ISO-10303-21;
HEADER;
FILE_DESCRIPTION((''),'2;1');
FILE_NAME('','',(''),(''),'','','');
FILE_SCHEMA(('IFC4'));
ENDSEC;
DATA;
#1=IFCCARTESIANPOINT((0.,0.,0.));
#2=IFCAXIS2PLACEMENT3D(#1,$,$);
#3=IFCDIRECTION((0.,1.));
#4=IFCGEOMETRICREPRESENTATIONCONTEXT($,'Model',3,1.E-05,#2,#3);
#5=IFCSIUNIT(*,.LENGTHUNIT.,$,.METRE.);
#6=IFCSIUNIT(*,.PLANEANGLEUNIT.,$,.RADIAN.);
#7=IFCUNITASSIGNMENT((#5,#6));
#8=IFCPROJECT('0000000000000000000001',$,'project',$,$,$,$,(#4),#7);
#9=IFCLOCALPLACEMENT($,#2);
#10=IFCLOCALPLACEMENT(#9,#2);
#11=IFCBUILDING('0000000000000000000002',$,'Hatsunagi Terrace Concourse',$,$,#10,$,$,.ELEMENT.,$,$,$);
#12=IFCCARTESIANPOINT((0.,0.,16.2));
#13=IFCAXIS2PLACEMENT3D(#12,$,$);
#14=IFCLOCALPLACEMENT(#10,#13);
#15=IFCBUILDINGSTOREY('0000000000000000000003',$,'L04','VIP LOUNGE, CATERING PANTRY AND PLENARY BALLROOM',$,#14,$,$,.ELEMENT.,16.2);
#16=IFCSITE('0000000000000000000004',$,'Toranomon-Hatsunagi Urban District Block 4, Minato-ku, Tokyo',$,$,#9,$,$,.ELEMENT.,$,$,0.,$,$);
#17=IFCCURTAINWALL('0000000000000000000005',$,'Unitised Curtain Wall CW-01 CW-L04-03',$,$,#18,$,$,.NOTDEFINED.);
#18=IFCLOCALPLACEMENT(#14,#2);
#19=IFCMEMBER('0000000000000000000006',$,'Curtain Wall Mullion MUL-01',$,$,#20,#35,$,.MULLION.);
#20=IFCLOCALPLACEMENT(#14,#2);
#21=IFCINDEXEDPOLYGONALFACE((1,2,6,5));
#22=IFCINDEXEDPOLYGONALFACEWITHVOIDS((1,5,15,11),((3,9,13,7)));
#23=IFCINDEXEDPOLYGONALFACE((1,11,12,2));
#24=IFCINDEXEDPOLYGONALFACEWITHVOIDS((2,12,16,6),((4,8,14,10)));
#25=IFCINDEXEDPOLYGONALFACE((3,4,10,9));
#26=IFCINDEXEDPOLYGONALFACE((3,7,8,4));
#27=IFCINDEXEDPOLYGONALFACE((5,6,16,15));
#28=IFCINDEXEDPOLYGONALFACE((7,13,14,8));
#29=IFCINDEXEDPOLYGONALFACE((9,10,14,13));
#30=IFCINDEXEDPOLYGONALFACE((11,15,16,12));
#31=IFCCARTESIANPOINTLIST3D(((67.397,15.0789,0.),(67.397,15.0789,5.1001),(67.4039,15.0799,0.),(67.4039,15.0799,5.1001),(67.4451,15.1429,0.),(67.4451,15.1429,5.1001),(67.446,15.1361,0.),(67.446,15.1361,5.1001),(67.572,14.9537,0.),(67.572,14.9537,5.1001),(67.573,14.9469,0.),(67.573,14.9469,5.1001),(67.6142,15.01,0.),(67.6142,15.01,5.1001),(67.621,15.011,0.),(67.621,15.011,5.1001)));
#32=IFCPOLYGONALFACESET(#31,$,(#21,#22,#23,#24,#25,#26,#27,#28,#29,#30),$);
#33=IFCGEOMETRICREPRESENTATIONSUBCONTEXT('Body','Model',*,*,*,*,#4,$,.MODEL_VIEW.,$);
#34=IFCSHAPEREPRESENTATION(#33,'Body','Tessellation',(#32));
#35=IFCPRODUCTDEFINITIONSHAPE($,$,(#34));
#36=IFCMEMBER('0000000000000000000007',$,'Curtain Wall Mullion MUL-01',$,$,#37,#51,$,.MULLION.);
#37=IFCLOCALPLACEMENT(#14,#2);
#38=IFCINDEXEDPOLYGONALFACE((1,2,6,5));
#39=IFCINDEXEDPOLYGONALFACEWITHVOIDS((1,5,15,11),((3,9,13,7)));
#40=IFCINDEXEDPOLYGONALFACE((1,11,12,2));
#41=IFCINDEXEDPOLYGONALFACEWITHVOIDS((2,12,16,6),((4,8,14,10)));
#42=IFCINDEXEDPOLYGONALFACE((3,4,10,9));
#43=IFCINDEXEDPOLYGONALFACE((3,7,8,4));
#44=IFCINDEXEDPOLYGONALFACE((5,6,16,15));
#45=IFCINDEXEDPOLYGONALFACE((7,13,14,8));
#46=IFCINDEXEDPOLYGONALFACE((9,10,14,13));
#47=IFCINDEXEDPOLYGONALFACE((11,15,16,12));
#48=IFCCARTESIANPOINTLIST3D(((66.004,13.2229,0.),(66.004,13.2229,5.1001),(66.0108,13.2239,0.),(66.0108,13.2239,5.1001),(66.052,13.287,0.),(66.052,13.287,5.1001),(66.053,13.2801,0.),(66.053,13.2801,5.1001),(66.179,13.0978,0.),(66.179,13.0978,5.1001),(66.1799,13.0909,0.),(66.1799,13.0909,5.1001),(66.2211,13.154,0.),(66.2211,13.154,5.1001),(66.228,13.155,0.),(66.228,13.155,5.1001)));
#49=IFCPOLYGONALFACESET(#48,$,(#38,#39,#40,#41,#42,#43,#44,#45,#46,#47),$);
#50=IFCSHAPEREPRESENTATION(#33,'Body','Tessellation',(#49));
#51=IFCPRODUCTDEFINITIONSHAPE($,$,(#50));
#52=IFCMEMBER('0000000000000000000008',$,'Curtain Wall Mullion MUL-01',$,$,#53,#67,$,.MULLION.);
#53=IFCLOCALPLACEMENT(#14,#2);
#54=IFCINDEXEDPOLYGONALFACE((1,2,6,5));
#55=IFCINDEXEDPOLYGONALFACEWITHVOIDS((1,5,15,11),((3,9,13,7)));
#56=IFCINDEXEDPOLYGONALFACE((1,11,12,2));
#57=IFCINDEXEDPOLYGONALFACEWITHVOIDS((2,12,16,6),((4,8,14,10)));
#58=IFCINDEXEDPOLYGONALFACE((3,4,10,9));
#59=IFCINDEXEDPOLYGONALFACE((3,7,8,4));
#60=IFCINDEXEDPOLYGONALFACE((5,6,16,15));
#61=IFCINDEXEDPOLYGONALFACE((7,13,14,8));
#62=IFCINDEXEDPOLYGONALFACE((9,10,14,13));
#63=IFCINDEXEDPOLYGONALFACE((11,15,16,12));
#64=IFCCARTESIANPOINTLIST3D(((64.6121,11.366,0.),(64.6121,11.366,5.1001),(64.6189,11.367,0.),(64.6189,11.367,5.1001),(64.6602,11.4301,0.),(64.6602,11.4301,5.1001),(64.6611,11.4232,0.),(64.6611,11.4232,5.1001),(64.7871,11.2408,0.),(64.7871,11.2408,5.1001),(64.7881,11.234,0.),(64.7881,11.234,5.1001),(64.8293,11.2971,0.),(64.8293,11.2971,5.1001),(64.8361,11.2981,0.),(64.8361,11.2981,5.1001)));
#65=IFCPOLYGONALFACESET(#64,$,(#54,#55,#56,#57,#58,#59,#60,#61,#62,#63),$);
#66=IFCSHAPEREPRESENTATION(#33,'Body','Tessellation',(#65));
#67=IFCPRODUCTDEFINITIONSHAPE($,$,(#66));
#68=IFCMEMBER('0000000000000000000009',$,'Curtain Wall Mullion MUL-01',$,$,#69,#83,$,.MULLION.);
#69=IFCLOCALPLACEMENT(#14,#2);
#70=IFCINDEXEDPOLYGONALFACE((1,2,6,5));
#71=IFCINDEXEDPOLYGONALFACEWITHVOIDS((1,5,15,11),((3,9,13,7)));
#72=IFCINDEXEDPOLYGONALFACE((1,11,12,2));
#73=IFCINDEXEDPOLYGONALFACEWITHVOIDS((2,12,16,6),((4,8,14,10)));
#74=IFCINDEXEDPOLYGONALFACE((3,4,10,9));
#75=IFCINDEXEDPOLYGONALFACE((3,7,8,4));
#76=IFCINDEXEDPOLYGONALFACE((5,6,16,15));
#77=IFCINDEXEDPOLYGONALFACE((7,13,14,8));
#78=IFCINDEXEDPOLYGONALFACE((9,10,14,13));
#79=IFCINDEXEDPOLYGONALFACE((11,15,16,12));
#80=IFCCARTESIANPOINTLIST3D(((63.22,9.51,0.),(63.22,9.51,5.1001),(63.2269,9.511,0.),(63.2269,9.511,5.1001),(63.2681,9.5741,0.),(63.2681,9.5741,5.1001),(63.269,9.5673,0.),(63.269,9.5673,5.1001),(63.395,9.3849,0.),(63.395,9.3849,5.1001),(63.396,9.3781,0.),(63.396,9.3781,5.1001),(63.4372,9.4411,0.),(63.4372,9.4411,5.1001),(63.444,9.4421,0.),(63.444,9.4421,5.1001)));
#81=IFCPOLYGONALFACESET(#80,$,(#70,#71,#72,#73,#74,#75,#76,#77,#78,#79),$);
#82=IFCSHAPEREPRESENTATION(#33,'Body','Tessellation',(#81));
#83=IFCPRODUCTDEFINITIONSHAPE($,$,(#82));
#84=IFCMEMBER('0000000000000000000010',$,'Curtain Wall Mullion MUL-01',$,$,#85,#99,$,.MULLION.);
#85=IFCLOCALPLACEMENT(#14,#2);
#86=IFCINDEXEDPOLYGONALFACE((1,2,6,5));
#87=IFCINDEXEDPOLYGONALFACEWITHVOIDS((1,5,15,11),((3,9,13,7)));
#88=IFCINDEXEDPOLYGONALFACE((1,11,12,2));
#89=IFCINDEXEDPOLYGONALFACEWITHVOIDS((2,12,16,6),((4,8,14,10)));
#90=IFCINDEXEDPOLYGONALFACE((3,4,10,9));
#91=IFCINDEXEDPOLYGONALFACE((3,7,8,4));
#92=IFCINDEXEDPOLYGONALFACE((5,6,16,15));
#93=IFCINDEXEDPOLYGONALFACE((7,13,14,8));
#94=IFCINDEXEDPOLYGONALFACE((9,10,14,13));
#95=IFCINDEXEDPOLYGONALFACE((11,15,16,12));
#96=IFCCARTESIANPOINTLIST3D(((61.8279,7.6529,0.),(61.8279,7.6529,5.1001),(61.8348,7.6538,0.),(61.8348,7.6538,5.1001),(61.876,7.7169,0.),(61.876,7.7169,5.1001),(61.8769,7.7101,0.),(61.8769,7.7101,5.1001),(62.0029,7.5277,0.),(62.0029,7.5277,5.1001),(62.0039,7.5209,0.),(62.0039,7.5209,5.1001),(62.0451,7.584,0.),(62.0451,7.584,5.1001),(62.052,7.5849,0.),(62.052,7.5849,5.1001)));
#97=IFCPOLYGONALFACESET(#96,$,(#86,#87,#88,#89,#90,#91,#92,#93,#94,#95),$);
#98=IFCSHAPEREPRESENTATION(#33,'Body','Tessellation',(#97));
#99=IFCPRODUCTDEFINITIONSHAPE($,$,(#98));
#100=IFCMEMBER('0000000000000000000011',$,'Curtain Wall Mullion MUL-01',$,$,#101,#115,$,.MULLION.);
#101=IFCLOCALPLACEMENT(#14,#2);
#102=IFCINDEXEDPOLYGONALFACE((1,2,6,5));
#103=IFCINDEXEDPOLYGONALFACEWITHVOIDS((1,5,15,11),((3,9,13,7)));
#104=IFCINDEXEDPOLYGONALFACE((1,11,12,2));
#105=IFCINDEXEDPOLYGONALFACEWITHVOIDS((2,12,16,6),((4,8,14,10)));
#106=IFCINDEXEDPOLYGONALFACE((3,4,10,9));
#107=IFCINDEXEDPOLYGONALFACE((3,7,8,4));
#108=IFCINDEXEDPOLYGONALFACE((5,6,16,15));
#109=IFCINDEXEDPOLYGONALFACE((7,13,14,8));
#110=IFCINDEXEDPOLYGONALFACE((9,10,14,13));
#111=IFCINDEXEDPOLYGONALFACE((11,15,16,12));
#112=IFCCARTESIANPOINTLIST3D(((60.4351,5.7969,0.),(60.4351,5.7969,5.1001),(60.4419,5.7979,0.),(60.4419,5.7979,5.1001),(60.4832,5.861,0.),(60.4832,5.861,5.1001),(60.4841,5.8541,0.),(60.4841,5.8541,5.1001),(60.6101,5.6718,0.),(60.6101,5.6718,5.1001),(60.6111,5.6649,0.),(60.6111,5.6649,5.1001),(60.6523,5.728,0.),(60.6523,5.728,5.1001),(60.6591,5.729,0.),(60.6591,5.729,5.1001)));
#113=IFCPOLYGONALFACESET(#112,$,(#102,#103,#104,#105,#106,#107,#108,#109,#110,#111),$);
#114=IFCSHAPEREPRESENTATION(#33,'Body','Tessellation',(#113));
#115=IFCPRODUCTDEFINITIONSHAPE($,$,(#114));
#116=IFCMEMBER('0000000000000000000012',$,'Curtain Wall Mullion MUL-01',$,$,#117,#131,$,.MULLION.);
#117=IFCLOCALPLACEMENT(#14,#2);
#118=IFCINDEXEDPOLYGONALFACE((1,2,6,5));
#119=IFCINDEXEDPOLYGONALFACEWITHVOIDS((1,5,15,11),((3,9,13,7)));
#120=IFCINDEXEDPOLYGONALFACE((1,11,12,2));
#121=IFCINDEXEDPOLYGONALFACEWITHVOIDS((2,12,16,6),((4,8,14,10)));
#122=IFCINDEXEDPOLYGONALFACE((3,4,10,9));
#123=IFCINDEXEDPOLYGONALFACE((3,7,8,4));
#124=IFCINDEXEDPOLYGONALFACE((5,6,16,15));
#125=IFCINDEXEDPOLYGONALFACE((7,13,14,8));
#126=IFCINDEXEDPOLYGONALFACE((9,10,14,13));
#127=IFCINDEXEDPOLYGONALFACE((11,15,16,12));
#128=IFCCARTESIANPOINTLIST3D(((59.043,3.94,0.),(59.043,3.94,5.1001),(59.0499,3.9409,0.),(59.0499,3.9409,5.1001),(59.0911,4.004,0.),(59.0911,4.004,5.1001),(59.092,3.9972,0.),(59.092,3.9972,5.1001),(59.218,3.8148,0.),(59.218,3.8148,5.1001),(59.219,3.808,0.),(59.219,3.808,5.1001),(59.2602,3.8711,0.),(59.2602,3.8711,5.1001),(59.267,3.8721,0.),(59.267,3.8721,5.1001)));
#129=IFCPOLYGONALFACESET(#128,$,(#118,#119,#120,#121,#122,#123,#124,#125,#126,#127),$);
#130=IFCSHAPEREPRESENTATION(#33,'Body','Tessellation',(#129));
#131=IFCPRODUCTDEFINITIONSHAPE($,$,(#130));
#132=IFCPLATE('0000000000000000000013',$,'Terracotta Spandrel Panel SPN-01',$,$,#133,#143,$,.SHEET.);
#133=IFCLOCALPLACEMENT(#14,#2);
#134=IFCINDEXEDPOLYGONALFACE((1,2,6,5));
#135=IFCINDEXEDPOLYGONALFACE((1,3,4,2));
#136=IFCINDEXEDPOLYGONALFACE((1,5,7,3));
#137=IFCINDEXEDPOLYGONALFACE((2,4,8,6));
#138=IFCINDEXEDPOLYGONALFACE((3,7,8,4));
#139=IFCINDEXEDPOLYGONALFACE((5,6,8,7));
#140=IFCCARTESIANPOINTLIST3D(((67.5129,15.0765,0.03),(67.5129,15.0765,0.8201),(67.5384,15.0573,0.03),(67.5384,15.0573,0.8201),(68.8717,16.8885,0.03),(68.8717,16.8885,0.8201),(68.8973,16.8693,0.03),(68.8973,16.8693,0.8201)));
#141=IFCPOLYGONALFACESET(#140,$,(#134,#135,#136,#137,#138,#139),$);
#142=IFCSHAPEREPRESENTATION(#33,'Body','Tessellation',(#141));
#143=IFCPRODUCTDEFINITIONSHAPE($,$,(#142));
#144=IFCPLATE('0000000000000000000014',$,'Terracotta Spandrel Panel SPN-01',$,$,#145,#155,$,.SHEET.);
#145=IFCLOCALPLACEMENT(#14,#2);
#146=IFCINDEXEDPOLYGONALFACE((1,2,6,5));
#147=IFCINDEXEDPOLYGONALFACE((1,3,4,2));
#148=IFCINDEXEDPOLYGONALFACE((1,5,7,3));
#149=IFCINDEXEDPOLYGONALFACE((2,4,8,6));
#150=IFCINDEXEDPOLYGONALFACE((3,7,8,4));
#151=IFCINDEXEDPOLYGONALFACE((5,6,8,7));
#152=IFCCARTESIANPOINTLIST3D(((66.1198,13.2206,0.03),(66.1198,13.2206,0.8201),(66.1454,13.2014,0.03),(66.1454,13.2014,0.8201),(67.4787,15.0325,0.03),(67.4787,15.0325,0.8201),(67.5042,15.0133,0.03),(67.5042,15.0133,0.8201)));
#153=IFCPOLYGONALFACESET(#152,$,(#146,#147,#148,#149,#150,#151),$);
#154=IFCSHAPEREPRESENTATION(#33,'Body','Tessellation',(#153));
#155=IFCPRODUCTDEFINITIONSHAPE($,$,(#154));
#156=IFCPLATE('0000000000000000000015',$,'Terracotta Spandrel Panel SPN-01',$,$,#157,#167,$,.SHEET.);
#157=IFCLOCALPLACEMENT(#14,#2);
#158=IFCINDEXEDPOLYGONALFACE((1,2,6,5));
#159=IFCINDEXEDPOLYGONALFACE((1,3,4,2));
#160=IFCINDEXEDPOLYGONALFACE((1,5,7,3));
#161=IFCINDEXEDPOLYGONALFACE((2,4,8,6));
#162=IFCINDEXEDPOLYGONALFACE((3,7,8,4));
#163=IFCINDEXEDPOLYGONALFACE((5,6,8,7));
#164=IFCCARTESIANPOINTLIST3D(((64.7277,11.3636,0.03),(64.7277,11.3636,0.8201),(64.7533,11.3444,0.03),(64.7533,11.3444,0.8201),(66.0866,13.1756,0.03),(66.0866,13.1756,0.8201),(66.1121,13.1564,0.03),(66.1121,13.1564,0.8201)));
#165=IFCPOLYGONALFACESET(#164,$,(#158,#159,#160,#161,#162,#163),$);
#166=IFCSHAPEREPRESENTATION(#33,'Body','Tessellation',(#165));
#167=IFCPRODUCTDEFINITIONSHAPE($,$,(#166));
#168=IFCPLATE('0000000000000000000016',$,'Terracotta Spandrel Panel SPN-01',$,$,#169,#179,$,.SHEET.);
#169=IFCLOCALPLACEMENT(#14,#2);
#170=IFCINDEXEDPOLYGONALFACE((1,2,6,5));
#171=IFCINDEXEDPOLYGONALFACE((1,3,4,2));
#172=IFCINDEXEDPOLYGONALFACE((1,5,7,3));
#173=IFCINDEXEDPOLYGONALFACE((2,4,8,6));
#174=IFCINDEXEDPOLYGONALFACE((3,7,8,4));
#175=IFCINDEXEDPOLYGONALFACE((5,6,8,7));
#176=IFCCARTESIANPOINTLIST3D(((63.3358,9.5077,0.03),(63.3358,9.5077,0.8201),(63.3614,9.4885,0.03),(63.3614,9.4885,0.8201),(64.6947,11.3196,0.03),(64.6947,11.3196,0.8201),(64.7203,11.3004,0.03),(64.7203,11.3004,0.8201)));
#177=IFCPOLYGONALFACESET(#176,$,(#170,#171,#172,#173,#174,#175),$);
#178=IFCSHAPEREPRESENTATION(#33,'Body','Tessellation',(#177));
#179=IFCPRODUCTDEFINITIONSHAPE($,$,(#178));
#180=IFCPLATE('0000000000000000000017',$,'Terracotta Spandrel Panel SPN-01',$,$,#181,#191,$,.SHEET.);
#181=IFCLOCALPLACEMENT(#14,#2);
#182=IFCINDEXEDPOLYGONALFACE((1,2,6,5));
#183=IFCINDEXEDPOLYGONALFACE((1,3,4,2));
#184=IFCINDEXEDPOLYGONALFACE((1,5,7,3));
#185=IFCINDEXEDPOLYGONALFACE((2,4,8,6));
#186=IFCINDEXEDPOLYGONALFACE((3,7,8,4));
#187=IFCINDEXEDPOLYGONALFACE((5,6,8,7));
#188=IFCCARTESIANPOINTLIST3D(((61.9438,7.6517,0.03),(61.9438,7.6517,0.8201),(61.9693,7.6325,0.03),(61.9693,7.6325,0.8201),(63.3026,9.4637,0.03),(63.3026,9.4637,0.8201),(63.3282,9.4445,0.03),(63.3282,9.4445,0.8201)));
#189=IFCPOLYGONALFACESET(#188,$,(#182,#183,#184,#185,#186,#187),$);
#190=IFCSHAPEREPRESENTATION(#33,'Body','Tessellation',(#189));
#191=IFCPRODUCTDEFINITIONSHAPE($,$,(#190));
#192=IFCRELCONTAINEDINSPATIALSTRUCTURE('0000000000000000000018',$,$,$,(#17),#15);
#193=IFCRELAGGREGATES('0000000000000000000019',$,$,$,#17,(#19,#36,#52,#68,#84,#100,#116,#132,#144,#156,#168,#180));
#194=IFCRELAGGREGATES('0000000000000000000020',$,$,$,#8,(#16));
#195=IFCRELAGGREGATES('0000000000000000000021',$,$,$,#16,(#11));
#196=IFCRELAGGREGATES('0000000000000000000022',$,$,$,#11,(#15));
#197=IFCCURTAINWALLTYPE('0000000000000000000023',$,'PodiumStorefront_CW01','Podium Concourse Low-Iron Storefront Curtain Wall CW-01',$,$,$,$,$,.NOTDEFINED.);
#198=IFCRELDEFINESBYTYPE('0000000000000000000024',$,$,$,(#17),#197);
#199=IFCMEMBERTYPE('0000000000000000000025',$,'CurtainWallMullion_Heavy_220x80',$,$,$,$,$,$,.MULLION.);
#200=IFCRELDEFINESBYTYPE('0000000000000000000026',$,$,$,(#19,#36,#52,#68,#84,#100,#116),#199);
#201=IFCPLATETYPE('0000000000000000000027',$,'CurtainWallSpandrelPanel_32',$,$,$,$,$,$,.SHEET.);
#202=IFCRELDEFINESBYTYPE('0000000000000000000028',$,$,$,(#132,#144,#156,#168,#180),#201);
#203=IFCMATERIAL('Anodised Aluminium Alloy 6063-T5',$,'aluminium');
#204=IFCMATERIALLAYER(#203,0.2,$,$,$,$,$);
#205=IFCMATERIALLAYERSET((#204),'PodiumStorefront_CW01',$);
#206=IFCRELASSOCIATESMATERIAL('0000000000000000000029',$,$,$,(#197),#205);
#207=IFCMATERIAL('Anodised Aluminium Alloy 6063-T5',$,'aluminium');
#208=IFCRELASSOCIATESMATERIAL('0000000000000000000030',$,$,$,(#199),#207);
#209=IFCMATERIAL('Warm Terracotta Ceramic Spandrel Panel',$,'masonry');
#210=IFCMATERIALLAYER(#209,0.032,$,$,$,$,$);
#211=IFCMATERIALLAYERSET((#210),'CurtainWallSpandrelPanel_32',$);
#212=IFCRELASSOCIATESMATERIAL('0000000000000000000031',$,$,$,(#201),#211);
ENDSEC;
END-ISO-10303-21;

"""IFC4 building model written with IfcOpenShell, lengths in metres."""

from ifc_helpers import new_model, si_unit, direction, frame, origin, origin_2d, place, context, subcontext, project, spatial, rectangle, hollow_rectangle, extrude, material, layer, layer_set, material_profile, profile_set, type_object, element, aggregate, save


model = new_model("IFC4")

# Units and contexts
model_context = context("Model", 3, precision=1e-05, world=origin(), true_north=direction((0.0, 1.0)))
body_context = subcontext(model_context, "Body", "Model", "MODEL_VIEW")
ifc_project = project(units=[si_unit("LENGTHUNIT", "METRE"), si_unit("PLANEANGLEUNIT", "RADIAN")], contexts=[model_context])

# Site, building, storey
site_placement = place(None, origin())
site = spatial("IfcSite", under=ifc_project, at=site_placement, Name="Toranomon-Hatsunagi Urban District Block 4, Minato-ku, Tokyo", CompositionType="ELEMENT", RefElevation=0.0)
building_placement = place(site_placement, origin())
building = spatial("IfcBuilding", under=site, at=building_placement, Name="Hatsunagi Terrace Concourse", CompositionType="ELEMENT")
storey_placement = place(building_placement, frame((0.0, 0.0, 16.2)))
storey = spatial("IfcBuildingStorey", under=building, at=storey_placement, Name="L04", Description="VIP LOUNGE, CATERING PANTRY AND PLENARY BALLROOM", CompositionType="ELEMENT", Elevation=16.2)

# Curtain wall, members, plates
ifc_material_1 = material(Name="Anodised Aluminium Alloy 6063-T5", Category="aluminium")
ifc_layer_1 = layer(ifc_material_1, 0.2)
ifc_layer_set_1 = layer_set([ifc_layer_1], Name="PodiumStorefront_CW01")
curtain_wall_type = type_object("IfcCurtainWallType", Name="PodiumStorefront_CW01", Description="Podium Concourse Low-Iron Storefront Curtain Wall CW-01", PredefinedType="NOTDEFINED", material=ifc_layer_set_1)
curtain_wall_placement = place(storey_placement, origin())
curtain_wall = element("IfcCurtainWall", 1, at=curtain_wall_placement, inside=storey, type_object=curtain_wall_type, Name="Unitised Curtain Wall CW-01 CW-L04-03", PredefinedType="NOTDEFINED")
ifc_material_2 = material(Name="Anodised Aluminium Alloy 6063-T5", Category="aluminium")
ifc_material_profile = material_profile(ifc_material_2, hollow_rectangle(XDim=0.0801, YDim=0.22, WallThickness=0.0049, at=origin_2d()), Name="ALU-MUL-220x80x5")
ifc_profile_set = profile_set([ifc_material_profile], Name="Anodised Aluminium Alloy 6063-T5")
member_type = type_object("IfcMemberType", Name="CurtainWallMullion_Heavy_220x80", PredefinedType="MULLION", material=ifc_profile_set)
member_1_placement = place(storey_placement, frame((67.509, 15.0449, 0.0), z_axis=(0.0, 0.0, 1.0), x_axis=(-0.599969, -0.800023, 0.0)))
member_1 = element("IfcMember", 2, at=member_1_placement, type_object=member_type, Name="Curtain Wall Mullion MUL-01", PredefinedType="MULLION", context=body_context, shape_type="SweptSolid", body=[
    extrude(hollow_rectangle(XDim=0.0801, YDim=0.22, WallThickness=0.0049, at=origin_2d()), origin(), (0.0, 0.0, 1.0), 5.1001),
])
member_2_placement = place(storey_placement, frame((66.116, 13.189, 0.0), z_axis=(0.0, 0.0, 1.0), x_axis=(-0.599969, -0.800023, 0.0)))
member_2 = element("IfcMember", 3, at=member_2_placement, type_object=member_type, Name="Curtain Wall Mullion MUL-01", PredefinedType="MULLION", context=body_context, shape_type="SweptSolid", body=[
    extrude(hollow_rectangle(XDim=0.0801, YDim=0.22, WallThickness=0.0049, at=origin_2d()), origin(), (0.0, 0.0, 1.0), 5.1001),
])
member_3_placement = place(storey_placement, frame((64.7241, 11.332, 0.0), z_axis=(0.0, 0.0, 1.0), x_axis=(-0.599969, -0.800023, 0.0)))
member_3 = element("IfcMember", 4, at=member_3_placement, type_object=member_type, Name="Curtain Wall Mullion MUL-01", PredefinedType="MULLION", context=body_context, shape_type="SweptSolid", body=[
    extrude(hollow_rectangle(XDim=0.0801, YDim=0.22, WallThickness=0.0049, at=origin_2d()), origin(), (0.0, 0.0, 1.0), 5.1001),
])
member_4_placement = place(storey_placement, frame((63.332, 9.4761, 0.0), z_axis=(0.0, 0.0, 1.0), x_axis=(-0.599969, -0.800023, 0.0)))
member_4 = element("IfcMember", 5, at=member_4_placement, type_object=member_type, Name="Curtain Wall Mullion MUL-01", PredefinedType="MULLION", context=body_context, shape_type="SweptSolid", body=[
    extrude(hollow_rectangle(XDim=0.0801, YDim=0.22, WallThickness=0.0049, at=origin_2d()), origin(), (0.0, 0.0, 1.0), 5.1001),
])
member_5_placement = place(storey_placement, frame((61.9399, 7.6189, 0.0), z_axis=(0.0, 0.0, 1.0), x_axis=(-0.599969, -0.800023, 0.0)))
member_5 = element("IfcMember", 6, at=member_5_placement, type_object=member_type, Name="Curtain Wall Mullion MUL-01", PredefinedType="MULLION", context=body_context, shape_type="SweptSolid", body=[
    extrude(hollow_rectangle(XDim=0.0801, YDim=0.22, WallThickness=0.0049, at=origin_2d()), origin(), (0.0, 0.0, 1.0), 5.1001),
])
member_6_placement = place(storey_placement, frame((60.5471, 5.7629, 0.0), z_axis=(0.0, 0.0, 1.0), x_axis=(-0.599969, -0.800023, 0.0)))
member_6 = element("IfcMember", 7, at=member_6_placement, type_object=member_type, Name="Curtain Wall Mullion MUL-01", PredefinedType="MULLION", context=body_context, shape_type="SweptSolid", body=[
    extrude(hollow_rectangle(XDim=0.0801, YDim=0.22, WallThickness=0.0049, at=origin_2d()), origin(), (0.0, 0.0, 1.0), 5.1001),
])
member_7_placement = place(storey_placement, frame((59.155, 3.906, 0.0), z_axis=(0.0, 0.0, 1.0), x_axis=(-0.599969, -0.800023, 0.0)))
member_7 = element("IfcMember", 8, at=member_7_placement, type_object=member_type, Name="Curtain Wall Mullion MUL-01", PredefinedType="MULLION", context=body_context, shape_type="SweptSolid", body=[
    extrude(hollow_rectangle(XDim=0.0801, YDim=0.22, WallThickness=0.0049, at=origin_2d()), origin(), (0.0, 0.0, 1.0), 5.1001),
])
ifc_material_3 = material(Name="Warm Terracotta Ceramic Spandrel Panel", Category="masonry")
ifc_layer_2 = layer(ifc_material_3, 0.032)
ifc_layer_set_2 = layer_set([ifc_layer_2], Name="CurtainWallSpandrelPanel_32")
plate_type_1 = type_object("IfcPlateType", Name="CurtainWallSpandrelPanel_32", PredefinedType="SHEET", material=ifc_layer_set_2)
plate_1_placement = place(storey_placement, frame((68.2051, 15.9729, 0.03), z_axis=(0.0, 0.0, 1.0), x_axis=(-0.599969, -0.800023, 0.0)))
plate_1 = element("IfcPlate", 9, at=plate_1_placement, type_object=plate_type_1, Name="Terracotta Spandrel Panel SPN-01", PredefinedType="SHEET", context=body_context, shape_type="SweptSolid", body=[
    extrude(rectangle(XDim=2.2649, YDim=0.032, at=origin_2d()), origin(), (0.0, 0.0, 1.0), 0.79),
])
plate_2_placement = place(storey_placement, frame((66.812, 14.1169, 0.03), z_axis=(0.0, 0.0, 1.0), x_axis=(-0.599969, -0.800023, 0.0)))
plate_2 = element("IfcPlate", 10, at=plate_2_placement, type_object=plate_type_1, Name="Terracotta Spandrel Panel SPN-01", PredefinedType="SHEET", context=body_context, shape_type="SweptSolid", body=[
    extrude(rectangle(XDim=2.2649, YDim=0.032, at=origin_2d()), origin(), (0.0, 0.0, 1.0), 0.79),
])
plate_3_placement = place(storey_placement, frame((65.4199, 12.26, 0.03), z_axis=(0.0, 0.0, 1.0), x_axis=(-0.599969, -0.800023, 0.0)))
plate_3 = element("IfcPlate", 11, at=plate_3_placement, type_object=plate_type_1, Name="Terracotta Spandrel Panel SPN-01", PredefinedType="SHEET", context=body_context, shape_type="SweptSolid", body=[
    extrude(rectangle(XDim=2.2649, YDim=0.032, at=origin_2d()), origin(), (0.0, 0.0, 1.0), 0.79),
])
plate_4_placement = place(storey_placement, frame((64.0281, 10.4041, 0.03), z_axis=(0.0, 0.0, 1.0), x_axis=(-0.599969, -0.800023, 0.0)))
plate_4 = element("IfcPlate", 12, at=plate_4_placement, type_object=plate_type_1, Name="Terracotta Spandrel Panel SPN-01", PredefinedType="SHEET", context=body_context, shape_type="SweptSolid", body=[
    extrude(rectangle(XDim=2.2649, YDim=0.032, at=origin_2d()), origin(), (0.0, 0.0, 1.0), 0.79),
])
plate_5_placement = place(storey_placement, frame((62.636, 8.5481, 0.03), z_axis=(0.0, 0.0, 1.0), x_axis=(-0.599969, -0.800023, 0.0)))
plate_5 = element("IfcPlate", 13, at=plate_5_placement, type_object=plate_type_1, Name="Terracotta Spandrel Panel SPN-01", PredefinedType="SHEET", context=body_context, shape_type="SweptSolid", body=[
    extrude(rectangle(XDim=2.2649, YDim=0.032, at=origin_2d()), origin(), (0.0, 0.0, 1.0), 0.79),
])
aggregate(curtain_wall, [member_1, member_2, member_3, member_4, member_5, member_6, member_7, plate_1, plate_2, plate_3, plate_4, plate_5])

save(model, "model.ifc")
